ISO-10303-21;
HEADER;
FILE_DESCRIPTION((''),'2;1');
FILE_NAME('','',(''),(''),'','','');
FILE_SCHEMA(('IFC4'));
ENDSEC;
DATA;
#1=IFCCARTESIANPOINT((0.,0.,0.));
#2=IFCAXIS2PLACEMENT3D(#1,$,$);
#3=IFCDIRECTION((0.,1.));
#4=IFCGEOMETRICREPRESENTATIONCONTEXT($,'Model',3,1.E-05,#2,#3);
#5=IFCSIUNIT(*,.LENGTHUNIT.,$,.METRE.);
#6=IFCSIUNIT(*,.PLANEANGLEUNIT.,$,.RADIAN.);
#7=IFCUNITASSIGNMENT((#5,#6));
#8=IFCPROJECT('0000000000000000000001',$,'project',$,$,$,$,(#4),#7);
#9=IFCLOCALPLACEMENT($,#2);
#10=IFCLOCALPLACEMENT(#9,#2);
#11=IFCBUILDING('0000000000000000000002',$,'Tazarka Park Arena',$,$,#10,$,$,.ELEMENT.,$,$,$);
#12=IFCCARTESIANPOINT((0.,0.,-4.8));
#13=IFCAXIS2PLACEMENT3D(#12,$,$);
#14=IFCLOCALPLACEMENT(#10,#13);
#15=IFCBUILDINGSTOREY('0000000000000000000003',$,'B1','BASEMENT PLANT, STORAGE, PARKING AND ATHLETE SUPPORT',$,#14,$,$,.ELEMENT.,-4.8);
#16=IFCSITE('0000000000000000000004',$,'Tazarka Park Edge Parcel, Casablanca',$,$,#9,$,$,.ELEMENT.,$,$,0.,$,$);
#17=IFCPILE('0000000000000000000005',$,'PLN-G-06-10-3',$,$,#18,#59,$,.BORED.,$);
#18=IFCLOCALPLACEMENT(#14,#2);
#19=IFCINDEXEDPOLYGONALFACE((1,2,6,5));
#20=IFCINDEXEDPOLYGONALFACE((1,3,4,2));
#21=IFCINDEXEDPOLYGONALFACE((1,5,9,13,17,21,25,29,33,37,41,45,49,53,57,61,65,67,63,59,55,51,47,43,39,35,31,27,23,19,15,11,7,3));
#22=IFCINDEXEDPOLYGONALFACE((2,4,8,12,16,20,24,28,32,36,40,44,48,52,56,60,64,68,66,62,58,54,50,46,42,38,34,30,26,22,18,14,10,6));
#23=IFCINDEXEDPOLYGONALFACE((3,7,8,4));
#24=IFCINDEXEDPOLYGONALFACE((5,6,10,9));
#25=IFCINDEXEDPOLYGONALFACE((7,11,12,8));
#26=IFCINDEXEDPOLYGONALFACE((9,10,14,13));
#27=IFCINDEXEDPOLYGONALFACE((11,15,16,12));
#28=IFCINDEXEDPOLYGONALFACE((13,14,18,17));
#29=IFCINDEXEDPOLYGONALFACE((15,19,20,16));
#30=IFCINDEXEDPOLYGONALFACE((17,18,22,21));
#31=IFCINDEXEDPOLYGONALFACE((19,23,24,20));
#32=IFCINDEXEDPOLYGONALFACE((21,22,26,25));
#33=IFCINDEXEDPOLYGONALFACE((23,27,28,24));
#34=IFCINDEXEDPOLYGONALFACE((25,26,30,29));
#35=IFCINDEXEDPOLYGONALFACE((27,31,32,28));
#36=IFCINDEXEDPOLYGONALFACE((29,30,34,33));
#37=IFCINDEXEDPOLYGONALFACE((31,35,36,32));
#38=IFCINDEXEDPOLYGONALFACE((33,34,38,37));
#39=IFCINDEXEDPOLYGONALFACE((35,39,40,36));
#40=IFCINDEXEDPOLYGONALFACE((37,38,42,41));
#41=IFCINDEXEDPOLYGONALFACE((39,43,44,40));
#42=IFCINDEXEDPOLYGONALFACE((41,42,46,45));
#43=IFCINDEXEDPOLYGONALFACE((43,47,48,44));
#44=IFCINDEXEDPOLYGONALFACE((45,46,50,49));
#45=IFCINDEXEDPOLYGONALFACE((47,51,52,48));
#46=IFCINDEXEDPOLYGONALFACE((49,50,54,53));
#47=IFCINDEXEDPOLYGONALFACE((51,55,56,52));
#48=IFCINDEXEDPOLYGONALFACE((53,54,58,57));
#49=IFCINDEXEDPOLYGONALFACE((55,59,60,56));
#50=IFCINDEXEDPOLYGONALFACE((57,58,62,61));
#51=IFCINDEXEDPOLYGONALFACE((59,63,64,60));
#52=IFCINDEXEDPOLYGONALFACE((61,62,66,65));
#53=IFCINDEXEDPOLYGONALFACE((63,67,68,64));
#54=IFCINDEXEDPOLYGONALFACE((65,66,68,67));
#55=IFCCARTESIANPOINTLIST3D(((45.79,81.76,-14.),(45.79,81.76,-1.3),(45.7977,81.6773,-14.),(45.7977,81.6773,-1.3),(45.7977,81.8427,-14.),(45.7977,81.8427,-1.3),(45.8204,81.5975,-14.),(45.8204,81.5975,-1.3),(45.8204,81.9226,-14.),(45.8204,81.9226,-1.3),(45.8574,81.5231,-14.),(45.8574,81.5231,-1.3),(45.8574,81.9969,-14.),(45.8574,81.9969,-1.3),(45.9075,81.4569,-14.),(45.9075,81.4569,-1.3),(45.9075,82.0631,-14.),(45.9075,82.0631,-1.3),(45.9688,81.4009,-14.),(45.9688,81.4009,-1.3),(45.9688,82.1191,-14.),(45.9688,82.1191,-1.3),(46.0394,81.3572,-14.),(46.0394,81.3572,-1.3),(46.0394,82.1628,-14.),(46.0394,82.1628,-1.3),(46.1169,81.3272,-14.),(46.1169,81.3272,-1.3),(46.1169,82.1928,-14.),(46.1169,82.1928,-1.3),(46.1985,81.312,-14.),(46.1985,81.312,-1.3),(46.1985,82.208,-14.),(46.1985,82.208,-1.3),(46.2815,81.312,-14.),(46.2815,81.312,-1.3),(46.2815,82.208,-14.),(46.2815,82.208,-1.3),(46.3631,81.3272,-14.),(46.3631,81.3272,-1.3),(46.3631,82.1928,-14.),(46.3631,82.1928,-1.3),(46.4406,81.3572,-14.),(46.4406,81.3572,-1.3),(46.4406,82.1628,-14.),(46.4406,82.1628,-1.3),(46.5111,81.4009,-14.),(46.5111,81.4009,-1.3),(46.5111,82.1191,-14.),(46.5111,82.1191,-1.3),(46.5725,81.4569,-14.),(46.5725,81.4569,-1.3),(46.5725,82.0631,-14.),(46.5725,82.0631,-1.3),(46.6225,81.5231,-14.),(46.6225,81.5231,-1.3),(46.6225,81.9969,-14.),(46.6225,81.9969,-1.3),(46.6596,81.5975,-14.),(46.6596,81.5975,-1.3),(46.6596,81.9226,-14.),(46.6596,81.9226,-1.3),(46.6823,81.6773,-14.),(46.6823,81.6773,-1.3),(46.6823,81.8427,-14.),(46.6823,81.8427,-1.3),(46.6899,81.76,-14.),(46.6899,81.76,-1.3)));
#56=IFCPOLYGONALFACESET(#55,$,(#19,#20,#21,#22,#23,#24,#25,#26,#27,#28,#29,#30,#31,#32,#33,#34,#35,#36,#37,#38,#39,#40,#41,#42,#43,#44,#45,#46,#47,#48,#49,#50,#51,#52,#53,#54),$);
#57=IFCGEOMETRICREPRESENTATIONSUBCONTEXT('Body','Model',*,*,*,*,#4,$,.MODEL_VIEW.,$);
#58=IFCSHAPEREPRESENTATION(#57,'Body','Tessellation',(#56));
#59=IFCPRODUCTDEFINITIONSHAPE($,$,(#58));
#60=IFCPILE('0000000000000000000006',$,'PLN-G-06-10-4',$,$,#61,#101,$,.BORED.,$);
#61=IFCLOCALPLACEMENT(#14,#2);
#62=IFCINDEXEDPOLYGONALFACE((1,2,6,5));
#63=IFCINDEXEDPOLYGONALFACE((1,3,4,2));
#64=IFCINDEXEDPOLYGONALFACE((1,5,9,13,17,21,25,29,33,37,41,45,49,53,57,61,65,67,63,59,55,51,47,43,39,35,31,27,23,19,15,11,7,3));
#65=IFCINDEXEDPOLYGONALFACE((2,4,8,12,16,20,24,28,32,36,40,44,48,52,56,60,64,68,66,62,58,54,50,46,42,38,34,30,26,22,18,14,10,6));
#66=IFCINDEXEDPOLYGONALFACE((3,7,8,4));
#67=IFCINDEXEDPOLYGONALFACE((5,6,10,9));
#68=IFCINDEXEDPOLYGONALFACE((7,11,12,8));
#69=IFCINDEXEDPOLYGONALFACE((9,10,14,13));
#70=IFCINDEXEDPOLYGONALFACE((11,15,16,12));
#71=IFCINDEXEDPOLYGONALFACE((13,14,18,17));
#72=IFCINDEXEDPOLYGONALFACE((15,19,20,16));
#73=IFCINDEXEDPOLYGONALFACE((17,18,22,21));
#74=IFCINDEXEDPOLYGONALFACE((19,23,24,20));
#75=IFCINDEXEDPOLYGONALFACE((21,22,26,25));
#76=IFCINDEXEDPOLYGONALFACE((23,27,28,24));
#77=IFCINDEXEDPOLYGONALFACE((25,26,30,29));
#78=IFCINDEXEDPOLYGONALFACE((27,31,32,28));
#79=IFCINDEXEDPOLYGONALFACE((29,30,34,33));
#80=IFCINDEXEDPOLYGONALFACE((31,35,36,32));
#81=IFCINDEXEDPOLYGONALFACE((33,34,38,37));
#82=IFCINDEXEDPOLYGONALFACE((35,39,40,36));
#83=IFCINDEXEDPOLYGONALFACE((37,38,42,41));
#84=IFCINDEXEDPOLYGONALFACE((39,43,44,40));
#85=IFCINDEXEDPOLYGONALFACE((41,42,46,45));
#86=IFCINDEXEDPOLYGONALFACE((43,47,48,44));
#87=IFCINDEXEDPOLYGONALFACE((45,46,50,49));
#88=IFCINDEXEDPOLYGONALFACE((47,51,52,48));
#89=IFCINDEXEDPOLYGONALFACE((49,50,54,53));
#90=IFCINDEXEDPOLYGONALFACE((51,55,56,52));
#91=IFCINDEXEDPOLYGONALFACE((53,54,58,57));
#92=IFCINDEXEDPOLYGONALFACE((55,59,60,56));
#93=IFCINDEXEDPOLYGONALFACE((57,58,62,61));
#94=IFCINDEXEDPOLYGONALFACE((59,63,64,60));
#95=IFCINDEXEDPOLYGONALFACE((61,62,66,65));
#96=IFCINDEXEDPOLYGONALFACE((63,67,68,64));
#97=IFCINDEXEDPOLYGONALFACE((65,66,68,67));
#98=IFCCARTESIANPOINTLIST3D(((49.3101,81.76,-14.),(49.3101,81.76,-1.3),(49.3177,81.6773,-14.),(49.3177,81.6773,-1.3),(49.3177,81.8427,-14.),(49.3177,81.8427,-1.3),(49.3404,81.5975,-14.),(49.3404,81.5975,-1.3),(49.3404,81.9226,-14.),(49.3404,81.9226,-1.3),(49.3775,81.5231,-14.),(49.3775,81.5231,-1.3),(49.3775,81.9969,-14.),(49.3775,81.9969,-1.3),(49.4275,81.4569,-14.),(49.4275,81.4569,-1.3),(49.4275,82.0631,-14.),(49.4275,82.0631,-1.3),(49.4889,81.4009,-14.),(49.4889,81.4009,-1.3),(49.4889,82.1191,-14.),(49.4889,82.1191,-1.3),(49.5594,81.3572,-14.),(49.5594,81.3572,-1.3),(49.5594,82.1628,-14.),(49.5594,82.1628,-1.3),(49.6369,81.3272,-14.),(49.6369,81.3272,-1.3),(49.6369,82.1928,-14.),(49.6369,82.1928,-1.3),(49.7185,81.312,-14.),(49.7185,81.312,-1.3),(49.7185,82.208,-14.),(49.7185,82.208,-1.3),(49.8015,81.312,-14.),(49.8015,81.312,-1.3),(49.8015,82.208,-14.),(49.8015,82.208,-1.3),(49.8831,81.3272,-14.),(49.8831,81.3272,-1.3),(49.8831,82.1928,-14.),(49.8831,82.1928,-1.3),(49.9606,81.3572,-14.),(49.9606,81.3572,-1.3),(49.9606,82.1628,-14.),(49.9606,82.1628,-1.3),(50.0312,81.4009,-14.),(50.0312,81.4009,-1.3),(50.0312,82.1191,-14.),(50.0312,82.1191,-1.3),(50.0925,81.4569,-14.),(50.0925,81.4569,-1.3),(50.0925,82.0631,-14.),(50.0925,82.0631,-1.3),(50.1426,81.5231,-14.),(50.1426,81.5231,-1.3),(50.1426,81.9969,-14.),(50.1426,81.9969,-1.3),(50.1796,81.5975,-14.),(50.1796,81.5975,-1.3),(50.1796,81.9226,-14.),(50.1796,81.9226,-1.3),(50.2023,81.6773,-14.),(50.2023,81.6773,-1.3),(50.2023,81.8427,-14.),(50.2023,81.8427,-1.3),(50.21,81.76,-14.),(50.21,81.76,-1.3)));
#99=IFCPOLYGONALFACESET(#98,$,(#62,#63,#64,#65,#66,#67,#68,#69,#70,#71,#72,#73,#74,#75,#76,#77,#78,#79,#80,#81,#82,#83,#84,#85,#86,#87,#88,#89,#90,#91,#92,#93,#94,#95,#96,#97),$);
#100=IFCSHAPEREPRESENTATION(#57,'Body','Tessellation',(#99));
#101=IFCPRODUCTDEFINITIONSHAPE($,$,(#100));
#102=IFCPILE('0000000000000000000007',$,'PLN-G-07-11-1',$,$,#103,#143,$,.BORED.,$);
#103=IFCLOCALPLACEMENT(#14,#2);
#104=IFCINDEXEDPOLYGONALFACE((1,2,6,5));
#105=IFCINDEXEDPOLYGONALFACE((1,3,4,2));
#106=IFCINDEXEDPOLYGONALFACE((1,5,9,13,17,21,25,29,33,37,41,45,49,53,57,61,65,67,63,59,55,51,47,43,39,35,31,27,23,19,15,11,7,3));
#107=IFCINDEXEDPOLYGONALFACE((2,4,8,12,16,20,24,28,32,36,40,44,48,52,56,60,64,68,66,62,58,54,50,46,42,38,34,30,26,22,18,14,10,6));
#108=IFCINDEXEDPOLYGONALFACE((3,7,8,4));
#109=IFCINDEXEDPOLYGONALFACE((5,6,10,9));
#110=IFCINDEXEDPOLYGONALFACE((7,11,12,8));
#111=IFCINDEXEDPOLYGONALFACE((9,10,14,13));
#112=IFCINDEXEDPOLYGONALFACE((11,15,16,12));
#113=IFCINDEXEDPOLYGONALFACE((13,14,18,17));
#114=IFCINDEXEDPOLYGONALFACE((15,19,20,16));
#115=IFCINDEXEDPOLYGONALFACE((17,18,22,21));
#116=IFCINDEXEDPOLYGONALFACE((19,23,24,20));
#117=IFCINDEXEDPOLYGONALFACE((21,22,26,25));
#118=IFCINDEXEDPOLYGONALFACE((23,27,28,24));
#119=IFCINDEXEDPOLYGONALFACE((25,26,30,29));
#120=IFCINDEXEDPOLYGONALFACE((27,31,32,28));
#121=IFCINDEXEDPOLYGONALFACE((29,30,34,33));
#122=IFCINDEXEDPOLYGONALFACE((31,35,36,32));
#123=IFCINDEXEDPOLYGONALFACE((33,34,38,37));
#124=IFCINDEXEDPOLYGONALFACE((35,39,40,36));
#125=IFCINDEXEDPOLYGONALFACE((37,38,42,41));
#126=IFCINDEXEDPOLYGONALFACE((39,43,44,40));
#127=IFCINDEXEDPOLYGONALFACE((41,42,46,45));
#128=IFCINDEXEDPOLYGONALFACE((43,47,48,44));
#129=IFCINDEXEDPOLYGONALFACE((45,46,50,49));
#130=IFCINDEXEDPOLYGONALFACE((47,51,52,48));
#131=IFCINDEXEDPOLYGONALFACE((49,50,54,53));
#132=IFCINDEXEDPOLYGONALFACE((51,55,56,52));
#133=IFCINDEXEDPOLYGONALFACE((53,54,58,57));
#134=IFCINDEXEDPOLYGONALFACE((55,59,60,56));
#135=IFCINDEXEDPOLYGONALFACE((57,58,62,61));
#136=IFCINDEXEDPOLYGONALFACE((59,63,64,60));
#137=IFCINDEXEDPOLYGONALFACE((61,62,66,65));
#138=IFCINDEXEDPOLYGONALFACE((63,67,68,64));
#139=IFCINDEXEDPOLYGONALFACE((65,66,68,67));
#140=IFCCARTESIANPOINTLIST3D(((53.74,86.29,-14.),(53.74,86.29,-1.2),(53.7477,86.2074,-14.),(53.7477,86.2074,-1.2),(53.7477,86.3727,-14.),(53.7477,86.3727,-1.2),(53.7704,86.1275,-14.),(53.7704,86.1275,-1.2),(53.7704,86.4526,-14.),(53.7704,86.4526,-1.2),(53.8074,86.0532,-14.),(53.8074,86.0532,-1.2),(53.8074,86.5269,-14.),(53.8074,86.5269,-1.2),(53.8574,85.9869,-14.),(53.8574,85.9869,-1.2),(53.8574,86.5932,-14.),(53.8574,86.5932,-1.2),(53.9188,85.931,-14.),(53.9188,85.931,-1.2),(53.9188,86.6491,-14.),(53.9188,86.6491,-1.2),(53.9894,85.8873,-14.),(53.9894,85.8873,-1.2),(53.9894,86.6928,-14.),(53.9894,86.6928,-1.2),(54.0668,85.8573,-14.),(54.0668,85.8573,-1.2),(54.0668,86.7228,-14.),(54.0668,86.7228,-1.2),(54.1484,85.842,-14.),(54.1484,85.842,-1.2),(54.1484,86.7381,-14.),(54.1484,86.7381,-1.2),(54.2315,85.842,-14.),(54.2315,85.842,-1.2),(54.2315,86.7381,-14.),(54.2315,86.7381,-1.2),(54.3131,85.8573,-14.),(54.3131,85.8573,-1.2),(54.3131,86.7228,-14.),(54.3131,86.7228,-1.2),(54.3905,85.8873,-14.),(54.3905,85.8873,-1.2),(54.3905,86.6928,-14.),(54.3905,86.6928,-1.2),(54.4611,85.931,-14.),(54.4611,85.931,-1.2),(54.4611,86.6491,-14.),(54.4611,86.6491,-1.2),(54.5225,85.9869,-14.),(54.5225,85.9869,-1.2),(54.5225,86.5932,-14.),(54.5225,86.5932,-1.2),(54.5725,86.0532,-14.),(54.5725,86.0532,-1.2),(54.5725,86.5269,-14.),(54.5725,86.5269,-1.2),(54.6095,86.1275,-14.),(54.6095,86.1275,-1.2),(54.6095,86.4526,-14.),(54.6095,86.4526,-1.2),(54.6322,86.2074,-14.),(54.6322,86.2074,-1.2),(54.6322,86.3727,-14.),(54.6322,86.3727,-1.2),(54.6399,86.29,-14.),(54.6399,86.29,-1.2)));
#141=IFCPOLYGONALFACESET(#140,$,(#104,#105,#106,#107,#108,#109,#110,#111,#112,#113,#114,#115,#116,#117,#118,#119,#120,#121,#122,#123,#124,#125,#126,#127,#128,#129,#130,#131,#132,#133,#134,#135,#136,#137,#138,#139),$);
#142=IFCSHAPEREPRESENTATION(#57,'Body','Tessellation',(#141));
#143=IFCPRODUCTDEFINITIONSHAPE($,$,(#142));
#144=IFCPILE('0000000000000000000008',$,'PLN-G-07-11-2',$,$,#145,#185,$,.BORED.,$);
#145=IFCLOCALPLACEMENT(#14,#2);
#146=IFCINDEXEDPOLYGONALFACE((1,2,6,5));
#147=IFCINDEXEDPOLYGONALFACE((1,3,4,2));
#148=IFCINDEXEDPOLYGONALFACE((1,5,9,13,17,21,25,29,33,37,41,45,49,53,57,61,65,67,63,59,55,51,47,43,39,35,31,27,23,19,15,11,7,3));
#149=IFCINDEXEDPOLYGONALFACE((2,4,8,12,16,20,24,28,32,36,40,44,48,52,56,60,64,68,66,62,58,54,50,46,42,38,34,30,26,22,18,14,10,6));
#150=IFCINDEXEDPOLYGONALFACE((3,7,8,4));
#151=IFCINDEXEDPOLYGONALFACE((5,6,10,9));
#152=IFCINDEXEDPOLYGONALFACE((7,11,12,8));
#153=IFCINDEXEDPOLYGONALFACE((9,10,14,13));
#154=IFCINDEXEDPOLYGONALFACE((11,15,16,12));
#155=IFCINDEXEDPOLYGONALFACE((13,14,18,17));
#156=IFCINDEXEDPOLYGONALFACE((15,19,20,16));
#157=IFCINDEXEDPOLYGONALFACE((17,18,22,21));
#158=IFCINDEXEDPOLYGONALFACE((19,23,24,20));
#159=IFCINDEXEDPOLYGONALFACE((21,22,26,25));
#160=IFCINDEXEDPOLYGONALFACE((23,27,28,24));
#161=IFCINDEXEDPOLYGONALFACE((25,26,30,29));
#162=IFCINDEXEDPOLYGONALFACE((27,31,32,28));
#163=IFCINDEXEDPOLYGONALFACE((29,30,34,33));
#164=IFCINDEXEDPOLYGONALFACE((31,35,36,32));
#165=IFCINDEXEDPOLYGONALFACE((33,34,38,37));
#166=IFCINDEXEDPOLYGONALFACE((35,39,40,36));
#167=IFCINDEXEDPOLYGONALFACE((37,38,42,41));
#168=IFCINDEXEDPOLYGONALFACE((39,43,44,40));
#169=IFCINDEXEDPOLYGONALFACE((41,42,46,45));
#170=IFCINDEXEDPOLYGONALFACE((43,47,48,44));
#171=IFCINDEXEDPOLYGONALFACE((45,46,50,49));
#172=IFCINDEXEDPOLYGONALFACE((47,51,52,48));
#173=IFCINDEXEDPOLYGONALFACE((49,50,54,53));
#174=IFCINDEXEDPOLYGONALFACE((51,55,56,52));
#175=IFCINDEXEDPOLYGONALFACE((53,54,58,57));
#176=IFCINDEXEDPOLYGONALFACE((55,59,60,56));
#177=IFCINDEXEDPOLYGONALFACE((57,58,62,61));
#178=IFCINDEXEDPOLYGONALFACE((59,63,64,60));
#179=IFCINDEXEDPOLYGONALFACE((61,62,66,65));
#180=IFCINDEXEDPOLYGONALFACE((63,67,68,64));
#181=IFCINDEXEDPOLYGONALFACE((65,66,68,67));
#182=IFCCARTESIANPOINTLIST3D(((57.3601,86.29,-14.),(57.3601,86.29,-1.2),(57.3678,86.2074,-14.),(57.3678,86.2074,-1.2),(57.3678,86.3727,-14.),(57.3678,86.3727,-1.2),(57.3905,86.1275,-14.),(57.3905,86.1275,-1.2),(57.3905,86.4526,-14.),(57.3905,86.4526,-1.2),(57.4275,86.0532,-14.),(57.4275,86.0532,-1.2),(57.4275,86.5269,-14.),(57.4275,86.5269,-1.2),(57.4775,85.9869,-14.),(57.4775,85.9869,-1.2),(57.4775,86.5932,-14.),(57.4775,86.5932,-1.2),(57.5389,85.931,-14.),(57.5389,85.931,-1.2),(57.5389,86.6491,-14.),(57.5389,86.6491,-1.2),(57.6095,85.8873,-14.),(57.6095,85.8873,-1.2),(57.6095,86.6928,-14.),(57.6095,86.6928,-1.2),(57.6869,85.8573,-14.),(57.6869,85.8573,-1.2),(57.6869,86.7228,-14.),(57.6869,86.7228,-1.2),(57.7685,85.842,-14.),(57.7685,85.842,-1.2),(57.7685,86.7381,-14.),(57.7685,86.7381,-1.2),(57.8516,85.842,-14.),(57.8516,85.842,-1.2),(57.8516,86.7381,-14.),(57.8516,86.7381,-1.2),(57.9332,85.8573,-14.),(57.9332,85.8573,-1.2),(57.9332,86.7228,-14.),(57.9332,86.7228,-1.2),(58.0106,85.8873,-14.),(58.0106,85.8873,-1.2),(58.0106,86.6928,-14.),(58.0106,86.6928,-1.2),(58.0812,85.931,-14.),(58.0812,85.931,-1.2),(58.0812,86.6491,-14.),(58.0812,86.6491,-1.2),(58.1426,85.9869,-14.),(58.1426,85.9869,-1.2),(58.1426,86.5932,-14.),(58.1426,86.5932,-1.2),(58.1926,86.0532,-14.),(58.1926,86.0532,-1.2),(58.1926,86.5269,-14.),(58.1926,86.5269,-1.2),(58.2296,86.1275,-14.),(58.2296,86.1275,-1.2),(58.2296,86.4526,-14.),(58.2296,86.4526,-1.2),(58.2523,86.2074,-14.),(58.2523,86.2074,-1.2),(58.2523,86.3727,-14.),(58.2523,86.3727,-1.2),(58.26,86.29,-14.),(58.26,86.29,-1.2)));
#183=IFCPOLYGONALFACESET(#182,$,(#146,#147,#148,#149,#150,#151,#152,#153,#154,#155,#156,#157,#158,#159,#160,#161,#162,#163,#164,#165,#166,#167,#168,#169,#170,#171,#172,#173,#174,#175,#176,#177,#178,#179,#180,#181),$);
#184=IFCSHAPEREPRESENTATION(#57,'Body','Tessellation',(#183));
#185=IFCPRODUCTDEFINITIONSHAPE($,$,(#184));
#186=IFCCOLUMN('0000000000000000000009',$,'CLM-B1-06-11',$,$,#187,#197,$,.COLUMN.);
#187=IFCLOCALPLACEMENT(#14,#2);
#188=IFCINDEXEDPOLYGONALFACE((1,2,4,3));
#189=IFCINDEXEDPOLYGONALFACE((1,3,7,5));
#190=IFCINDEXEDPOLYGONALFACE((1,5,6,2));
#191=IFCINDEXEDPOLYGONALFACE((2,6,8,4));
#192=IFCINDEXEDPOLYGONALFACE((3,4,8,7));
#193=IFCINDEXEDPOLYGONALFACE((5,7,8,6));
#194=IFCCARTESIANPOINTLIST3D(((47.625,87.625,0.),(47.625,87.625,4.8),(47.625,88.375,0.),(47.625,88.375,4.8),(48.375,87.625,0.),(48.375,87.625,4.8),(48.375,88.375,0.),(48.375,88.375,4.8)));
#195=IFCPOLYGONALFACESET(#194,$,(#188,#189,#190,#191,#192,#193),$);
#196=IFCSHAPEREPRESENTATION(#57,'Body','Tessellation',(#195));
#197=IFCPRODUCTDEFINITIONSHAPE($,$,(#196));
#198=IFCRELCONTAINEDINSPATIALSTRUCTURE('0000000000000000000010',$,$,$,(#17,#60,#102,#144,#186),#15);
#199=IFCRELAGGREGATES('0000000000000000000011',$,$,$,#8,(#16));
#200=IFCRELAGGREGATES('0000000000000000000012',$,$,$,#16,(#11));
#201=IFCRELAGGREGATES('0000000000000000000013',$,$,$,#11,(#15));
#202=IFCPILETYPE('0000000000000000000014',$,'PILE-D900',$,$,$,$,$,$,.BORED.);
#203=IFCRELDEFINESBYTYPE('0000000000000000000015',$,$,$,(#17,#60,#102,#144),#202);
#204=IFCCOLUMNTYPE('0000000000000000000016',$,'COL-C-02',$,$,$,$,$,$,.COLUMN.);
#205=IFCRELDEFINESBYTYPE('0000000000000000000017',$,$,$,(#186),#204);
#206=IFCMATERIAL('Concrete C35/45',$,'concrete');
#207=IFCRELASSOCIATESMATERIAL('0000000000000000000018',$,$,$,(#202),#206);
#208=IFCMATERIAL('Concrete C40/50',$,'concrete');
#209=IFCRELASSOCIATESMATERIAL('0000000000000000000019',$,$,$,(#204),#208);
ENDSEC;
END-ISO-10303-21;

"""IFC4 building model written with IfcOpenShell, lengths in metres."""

from ifc_helpers import new_model, si_unit, direction, frame, origin, origin_2d, place, context, subcontext, project, spatial, rectangle, circle, extrude, material, material_profile, profile_set, type_object, element, save


model = new_model("IFC4")

# Units and contexts
model_context = context("Model", 3, precision=1e-05, world=origin(), true_north=direction((0.0, 1.0)))
body_context = subcontext(model_context, "Body", "Model", "MODEL_VIEW")
ifc_project = project(units=[si_unit("LENGTHUNIT", "METRE"), si_unit("PLANEANGLEUNIT", "RADIAN")], contexts=[model_context])

# Site, building, storey
site_placement = place(None, origin())
site = spatial("IfcSite", under=ifc_project, at=site_placement, Name="Tazarka Park Edge Parcel, Casablanca", CompositionType="ELEMENT", RefElevation=0.0)
building_placement = place(site_placement, origin())
building = spatial("IfcBuilding", under=site, at=building_placement, Name="Tazarka Park Arena", CompositionType="ELEMENT")
storey_placement = place(building_placement, frame((0.0, 0.0, -4.8)))
storey = spatial("IfcBuildingStorey", under=building, at=storey_placement, Name="B1", Description="BASEMENT PLANT, STORAGE, PARKING AND ATHLETE SUPPORT", CompositionType="ELEMENT", Elevation=-4.8)

# Piles
ifc_material_1 = material(Name="Concrete C35/45", Category="concrete")
ifc_material_profile_1 = material_profile(ifc_material_1, circle(Radius=0.45, at=origin_2d()), Name="Concrete C35/45")
ifc_profile_set_1 = profile_set([ifc_material_profile_1], Name="Concrete C35/45")
pile_type_1 = type_object("IfcPileType", Name="PILE-D900", PredefinedType="BORED", material=ifc_profile_set_1)
for number, where, z_axis, x_axis, name in (
    (1, (46.24, 81.76, -1.3), (0.0, 0.0, -1.0), (1.0, 0.0, 0.0), "PLN-G-06-10-3"),
    (2, (49.76, 81.76, -1.3), (0.0, 0.0, -1.0), (1.0, 0.0, 0.0), "PLN-G-06-10-4"),
):
    element("IfcPile", number, at=place(storey_placement, frame(where, z_axis=z_axis, x_axis=x_axis)), inside=storey, type_object=pile_type_1, Name=name, PredefinedType="BORED", context=body_context, shape_type="SweptSolid", body=[
        extrude(circle(Radius=0.45, at=origin_2d()), origin(), (0.0, 0.0, 1.0), 12.7),
    ])
for number, where, z_axis, x_axis, name in (
    (3, (54.1899, 86.29, -1.2), (0.0, 0.0, -1.0), (1.0, 0.0, 0.0), "PLN-G-07-11-1"),
    (4, (57.8101, 86.29, -1.2), (0.0, 0.0, -1.0), (1.0, 0.0, 0.0), "PLN-G-07-11-2"),
):
    element("IfcPile", number, at=place(storey_placement, frame(where, z_axis=z_axis, x_axis=x_axis)), inside=storey, type_object=pile_type_1, Name=name, PredefinedType="BORED", context=body_context, shape_type="SweptSolid", body=[
        extrude(circle(Radius=0.45, at=origin_2d()), origin(), (0.0, 0.0, 1.0), 12.8),
    ])

# Column
ifc_material_2 = material(Name="Concrete C40/50", Category="concrete")
ifc_material_profile_2 = material_profile(ifc_material_2, rectangle(XDim=0.75, YDim=0.75, at=origin_2d()), Name="Concrete C40/50")
ifc_profile_set_2 = profile_set([ifc_material_profile_2], Name="Concrete C40/50")
column_type_1 = type_object("IfcColumnType", Name="COL-C-02", PredefinedType="COLUMN", material=ifc_profile_set_2)
column_placement = place(storey_placement, frame((48.0, 88.0, 0.0), z_axis=(0.0, 0.0, 1.0), x_axis=(1.0, 0.0, 0.0)))
element("IfcColumn", 5, at=column_placement, inside=storey, type_object=column_type_1, Name="CLM-B1-06-11", PredefinedType="COLUMN", context=body_context, shape_type="SweptSolid", body=[
    extrude(rectangle(XDim=0.75, YDim=0.75, at=origin_2d()), origin(), (0.0, 0.0, 1.0), 4.8),
])

save(model, "model.ifc")
